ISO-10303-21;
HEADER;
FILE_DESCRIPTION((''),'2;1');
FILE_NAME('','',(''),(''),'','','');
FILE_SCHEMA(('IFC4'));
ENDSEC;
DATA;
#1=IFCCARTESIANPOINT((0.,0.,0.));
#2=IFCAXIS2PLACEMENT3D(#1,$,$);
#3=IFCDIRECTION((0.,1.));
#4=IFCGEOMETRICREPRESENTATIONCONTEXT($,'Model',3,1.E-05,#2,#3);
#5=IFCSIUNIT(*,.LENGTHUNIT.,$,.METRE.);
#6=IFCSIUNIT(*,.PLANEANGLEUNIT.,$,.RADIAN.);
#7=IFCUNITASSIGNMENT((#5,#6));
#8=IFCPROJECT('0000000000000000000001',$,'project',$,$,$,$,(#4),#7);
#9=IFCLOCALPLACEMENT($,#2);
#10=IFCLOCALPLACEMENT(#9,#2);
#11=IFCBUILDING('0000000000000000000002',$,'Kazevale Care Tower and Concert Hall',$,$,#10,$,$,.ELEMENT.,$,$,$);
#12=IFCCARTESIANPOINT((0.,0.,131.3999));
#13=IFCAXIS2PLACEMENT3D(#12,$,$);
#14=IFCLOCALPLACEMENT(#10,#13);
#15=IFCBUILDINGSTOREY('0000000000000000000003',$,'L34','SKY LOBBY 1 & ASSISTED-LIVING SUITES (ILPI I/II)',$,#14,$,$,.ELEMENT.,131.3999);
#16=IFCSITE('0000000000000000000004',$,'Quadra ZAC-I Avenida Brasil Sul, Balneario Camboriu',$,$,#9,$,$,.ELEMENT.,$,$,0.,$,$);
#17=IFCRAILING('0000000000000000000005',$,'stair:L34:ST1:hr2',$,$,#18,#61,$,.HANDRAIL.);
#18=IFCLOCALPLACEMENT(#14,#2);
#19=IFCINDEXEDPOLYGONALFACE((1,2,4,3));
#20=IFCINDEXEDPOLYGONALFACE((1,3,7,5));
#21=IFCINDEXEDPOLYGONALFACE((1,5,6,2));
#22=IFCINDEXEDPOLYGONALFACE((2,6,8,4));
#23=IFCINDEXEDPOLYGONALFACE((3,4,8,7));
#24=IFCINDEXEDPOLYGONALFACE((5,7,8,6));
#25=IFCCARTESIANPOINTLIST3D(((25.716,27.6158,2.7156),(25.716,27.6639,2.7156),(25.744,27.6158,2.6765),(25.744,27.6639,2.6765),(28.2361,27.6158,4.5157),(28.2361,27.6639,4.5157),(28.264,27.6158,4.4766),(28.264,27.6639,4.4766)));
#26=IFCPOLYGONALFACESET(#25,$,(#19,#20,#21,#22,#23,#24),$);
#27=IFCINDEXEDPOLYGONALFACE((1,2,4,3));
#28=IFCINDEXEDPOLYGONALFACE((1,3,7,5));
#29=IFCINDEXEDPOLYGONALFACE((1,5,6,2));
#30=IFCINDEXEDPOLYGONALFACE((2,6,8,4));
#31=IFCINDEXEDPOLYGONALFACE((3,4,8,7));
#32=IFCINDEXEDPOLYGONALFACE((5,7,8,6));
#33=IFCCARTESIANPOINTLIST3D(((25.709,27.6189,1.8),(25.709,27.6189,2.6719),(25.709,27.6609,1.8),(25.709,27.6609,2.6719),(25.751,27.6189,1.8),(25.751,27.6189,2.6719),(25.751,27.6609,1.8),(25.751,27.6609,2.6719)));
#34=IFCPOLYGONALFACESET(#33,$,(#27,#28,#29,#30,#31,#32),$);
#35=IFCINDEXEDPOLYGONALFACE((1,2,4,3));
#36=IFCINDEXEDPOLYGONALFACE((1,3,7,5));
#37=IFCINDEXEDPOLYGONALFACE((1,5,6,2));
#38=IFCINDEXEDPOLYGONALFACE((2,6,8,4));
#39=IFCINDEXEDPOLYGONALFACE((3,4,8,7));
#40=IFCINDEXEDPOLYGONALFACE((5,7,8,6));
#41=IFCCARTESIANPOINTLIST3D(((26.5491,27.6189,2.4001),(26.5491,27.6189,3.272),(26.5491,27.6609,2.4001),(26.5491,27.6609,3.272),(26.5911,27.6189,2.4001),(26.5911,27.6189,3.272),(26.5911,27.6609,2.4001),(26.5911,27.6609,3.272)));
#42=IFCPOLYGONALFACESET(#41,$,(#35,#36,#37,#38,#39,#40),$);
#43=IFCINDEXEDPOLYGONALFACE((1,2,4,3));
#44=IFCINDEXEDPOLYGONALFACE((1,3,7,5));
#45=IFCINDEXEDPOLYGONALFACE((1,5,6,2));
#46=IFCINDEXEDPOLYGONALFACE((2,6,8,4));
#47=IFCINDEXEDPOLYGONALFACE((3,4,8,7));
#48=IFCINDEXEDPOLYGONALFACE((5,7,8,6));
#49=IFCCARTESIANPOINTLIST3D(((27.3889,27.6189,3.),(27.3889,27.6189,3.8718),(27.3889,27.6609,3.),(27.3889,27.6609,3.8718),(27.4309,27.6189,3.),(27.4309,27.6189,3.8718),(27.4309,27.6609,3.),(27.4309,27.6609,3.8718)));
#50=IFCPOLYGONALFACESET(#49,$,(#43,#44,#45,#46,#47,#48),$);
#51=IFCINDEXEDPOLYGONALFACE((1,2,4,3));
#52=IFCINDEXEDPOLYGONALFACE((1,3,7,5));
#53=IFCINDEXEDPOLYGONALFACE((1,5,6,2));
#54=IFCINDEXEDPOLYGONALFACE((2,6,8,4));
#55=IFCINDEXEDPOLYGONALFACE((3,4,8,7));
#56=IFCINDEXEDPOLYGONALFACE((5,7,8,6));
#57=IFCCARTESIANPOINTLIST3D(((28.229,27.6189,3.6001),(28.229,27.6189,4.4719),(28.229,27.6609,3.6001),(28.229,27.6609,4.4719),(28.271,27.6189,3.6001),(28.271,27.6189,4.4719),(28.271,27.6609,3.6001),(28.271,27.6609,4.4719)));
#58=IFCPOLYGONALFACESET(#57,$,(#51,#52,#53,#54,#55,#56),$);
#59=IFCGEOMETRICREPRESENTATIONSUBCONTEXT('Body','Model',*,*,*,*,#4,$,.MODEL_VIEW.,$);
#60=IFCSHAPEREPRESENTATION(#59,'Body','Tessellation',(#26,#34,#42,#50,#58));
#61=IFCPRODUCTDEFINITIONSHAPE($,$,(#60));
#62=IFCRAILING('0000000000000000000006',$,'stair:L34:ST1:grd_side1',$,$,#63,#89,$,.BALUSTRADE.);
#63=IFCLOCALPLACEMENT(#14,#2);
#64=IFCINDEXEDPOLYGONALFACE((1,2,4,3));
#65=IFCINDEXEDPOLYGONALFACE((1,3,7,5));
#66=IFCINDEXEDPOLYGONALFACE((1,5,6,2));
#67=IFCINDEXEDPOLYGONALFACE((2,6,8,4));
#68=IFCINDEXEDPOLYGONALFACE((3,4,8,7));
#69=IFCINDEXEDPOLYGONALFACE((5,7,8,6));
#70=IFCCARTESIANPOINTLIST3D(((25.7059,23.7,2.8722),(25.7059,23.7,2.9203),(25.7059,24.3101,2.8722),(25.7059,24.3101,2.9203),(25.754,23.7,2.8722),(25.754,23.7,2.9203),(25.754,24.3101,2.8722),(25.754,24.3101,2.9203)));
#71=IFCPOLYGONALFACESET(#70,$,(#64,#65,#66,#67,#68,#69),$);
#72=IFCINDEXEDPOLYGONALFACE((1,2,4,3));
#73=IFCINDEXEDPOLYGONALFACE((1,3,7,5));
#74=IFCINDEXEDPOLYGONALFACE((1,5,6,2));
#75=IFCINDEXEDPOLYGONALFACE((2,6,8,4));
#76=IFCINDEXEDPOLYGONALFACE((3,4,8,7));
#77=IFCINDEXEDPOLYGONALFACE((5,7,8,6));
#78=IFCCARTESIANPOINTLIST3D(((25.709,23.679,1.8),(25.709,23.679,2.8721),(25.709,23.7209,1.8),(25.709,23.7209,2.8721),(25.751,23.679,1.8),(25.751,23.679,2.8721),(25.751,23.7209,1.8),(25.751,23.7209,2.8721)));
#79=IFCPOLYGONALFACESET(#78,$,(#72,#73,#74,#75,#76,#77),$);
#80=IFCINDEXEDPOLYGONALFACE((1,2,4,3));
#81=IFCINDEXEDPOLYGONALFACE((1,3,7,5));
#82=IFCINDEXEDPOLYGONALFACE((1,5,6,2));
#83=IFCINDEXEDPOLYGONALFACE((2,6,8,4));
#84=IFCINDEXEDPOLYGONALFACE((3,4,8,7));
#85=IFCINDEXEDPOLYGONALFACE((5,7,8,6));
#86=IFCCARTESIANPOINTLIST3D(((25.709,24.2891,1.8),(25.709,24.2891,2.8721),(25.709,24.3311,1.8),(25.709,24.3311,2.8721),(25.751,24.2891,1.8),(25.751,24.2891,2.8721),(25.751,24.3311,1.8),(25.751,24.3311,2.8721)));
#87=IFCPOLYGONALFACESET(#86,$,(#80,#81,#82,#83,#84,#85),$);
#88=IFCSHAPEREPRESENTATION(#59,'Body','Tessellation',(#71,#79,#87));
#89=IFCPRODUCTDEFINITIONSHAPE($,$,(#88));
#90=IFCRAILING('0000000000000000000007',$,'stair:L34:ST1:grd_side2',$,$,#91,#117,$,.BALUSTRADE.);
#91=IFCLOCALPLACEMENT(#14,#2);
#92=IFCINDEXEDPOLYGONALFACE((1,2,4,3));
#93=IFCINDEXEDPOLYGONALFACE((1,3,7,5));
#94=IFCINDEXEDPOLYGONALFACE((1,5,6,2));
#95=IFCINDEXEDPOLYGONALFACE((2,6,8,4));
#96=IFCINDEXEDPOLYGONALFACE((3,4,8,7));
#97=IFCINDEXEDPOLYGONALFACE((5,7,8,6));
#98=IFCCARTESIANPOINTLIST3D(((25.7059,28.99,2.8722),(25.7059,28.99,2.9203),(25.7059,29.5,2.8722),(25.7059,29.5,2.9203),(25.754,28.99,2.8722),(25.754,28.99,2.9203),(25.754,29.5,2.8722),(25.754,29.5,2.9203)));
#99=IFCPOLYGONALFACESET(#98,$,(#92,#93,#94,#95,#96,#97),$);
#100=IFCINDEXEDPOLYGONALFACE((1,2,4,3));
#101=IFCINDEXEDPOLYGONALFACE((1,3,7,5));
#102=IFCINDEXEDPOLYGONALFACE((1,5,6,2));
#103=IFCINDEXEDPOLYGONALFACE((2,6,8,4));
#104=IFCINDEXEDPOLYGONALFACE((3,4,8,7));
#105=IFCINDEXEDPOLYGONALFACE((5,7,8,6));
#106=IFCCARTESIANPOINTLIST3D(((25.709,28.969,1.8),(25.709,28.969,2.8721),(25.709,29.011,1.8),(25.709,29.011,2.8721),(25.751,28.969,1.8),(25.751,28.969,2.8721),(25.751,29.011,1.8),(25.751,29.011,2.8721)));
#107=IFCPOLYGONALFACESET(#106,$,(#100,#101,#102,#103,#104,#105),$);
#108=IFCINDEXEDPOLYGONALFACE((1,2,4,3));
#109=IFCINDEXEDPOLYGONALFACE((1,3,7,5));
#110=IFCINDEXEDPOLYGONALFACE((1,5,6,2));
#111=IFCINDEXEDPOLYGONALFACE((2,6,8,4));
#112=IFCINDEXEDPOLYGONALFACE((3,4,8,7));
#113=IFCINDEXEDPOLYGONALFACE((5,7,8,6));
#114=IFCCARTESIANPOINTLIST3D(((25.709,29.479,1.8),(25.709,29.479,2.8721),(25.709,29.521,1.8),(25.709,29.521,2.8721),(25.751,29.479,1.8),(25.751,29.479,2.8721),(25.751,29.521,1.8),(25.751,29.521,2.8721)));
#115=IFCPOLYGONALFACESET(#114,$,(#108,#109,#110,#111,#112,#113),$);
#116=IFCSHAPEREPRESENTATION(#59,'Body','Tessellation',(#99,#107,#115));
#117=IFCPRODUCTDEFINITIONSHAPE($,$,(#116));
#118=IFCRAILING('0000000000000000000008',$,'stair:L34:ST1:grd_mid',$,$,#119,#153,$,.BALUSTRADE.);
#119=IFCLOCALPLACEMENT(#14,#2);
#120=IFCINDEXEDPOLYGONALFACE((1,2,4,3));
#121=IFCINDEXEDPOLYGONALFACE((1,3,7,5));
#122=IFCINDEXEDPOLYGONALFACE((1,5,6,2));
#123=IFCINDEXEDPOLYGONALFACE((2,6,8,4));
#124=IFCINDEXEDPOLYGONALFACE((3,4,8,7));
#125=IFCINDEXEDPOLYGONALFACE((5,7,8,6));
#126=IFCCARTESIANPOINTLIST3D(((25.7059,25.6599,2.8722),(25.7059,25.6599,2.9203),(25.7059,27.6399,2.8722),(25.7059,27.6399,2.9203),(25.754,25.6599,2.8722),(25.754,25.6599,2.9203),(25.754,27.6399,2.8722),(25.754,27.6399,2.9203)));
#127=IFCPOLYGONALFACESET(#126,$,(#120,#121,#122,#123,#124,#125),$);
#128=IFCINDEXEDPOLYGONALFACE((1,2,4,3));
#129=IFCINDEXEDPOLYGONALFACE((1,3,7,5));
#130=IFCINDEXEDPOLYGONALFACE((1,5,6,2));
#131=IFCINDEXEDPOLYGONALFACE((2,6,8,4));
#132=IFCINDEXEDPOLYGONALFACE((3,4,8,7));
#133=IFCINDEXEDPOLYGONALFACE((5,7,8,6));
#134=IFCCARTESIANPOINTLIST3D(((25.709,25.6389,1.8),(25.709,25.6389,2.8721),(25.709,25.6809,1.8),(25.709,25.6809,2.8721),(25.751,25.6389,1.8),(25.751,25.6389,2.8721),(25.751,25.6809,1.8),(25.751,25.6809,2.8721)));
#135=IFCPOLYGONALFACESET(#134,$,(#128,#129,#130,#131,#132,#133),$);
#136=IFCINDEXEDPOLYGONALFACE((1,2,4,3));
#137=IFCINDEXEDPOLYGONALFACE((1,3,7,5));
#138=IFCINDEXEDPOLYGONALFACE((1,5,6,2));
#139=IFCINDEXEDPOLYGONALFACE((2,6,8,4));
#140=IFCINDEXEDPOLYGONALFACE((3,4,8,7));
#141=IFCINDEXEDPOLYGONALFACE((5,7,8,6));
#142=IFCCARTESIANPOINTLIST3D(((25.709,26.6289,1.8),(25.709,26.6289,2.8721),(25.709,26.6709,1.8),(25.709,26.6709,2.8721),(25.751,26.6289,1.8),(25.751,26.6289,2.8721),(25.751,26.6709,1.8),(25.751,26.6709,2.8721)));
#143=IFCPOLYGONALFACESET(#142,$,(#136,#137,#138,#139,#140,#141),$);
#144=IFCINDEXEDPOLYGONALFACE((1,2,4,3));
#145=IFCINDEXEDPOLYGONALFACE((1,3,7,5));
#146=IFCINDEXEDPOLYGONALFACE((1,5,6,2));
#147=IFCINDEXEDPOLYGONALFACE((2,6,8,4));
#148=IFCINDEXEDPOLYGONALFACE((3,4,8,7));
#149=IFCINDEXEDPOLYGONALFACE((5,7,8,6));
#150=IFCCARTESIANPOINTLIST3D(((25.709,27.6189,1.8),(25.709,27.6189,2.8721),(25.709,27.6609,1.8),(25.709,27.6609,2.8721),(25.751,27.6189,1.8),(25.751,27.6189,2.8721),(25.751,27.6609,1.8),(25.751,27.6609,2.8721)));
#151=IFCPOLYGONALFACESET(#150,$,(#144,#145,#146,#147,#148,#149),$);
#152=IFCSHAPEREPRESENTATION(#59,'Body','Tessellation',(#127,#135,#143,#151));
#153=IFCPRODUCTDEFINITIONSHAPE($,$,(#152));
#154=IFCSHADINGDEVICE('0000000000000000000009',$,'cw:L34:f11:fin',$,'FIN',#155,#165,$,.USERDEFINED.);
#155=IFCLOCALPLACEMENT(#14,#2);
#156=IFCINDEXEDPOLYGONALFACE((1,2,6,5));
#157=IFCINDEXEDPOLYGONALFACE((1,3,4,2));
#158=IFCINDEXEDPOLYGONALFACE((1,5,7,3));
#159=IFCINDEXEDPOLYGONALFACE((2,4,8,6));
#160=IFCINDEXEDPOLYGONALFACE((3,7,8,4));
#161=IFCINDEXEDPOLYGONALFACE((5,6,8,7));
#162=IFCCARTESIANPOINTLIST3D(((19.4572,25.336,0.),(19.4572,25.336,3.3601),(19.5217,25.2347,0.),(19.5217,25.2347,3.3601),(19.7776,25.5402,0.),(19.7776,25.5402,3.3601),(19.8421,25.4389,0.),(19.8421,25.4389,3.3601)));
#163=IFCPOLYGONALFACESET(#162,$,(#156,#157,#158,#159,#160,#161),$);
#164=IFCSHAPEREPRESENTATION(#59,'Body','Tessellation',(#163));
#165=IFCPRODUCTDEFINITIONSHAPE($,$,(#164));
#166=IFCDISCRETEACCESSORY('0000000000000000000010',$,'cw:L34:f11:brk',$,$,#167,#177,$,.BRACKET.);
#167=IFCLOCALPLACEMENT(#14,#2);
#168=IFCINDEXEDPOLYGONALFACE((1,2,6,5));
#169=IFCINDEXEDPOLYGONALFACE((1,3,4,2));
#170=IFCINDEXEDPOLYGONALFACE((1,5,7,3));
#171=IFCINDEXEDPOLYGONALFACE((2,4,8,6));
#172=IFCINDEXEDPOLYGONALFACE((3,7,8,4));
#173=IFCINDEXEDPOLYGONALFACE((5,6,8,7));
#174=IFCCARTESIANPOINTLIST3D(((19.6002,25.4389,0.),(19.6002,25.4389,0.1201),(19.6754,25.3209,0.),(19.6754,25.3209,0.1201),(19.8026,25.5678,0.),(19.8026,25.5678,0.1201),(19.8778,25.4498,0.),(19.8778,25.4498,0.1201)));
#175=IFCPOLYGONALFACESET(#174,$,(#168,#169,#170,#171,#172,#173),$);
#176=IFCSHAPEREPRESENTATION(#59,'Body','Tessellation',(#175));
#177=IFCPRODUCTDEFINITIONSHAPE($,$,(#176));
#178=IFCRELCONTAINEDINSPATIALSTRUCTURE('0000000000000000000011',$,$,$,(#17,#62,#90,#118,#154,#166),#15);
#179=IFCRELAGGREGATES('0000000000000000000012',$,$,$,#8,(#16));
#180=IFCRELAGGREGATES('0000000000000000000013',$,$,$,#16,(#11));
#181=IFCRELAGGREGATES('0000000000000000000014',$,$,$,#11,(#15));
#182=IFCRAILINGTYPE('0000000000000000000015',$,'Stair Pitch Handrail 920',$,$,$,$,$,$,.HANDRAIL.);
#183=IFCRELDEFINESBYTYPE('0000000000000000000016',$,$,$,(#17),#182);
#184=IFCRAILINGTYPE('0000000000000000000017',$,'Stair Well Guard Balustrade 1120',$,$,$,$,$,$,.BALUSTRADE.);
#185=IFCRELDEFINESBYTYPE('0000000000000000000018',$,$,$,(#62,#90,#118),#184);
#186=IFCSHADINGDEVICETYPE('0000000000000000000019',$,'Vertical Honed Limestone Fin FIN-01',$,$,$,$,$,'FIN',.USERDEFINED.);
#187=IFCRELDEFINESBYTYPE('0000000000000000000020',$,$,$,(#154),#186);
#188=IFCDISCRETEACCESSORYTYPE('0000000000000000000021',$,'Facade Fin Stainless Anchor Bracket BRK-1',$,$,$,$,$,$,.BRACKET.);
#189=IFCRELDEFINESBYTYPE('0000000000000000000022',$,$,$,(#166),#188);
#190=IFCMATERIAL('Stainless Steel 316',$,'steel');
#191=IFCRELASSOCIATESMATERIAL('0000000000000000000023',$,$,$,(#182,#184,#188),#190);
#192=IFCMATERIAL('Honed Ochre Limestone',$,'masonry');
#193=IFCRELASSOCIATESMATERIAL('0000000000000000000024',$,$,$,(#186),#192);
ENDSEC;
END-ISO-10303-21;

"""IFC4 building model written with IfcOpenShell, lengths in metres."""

from ifc_helpers import new_model, si_unit, direction, frame, origin, origin_2d, place, context, subcontext, project, spatial, rectangle, extrude, material, type_object, element, save


model = new_model("IFC4")

# Units and contexts
model_context = context("Model", 3, precision=1e-05, world=origin(), true_north=direction((0.0, 1.0)))
body_context = subcontext(model_context, "Body", "Model", "MODEL_VIEW")
ifc_project = project(units=[si_unit("LENGTHUNIT", "METRE"), si_unit("PLANEANGLEUNIT", "RADIAN")], contexts=[model_context])

# Site, building, storey
site_placement = place(None, origin())
site = spatial("IfcSite", under=ifc_project, at=site_placement, Name="Quadra ZAC-I Avenida Brasil Sul, Balneario Camboriu", CompositionType="ELEMENT", RefElevation=0.0)
building_placement = place(site_placement, origin())
building = spatial("IfcBuilding", under=site, at=building_placement, Name="Kazevale Care Tower and Concert Hall", CompositionType="ELEMENT")
storey_placement = place(building_placement, frame((0.0, 0.0, 131.3999)))
storey = spatial("IfcBuildingStorey", under=building, at=storey_placement, Name="L34", Description="SKY LOBBY 1 & ASSISTED-LIVING SUITES (ILPI I/II)", CompositionType="ELEMENT", Elevation=131.3999)

# Railings
ifc_material_1 = material(Name="Stainless Steel 316", Category="steel")
railing_type_1 = type_object("IfcRailingType", Name="Stair Pitch Handrail 920", PredefinedType="HANDRAIL", material=ifc_material_1)
railing_1_placement = place(storey_placement, frame((25.73, 27.6399, 1.8)))
element("IfcRailing", 1, at=railing_1_placement, inside=storey, type_object=railing_type_1, Name="stair:L34:ST1:hr2", PredefinedType="HANDRAIL", context=body_context, shape_type="SweptSolid", body=[
    extrude(rectangle(XDim=0.0481, YDim=0.0481, at=origin_2d()), frame((0.0, 0.0, 0.896), z_axis=(0.813728, 0.0, 0.581246), x_axis=(0.0, 1.0, 0.0)), (0.0, 0.0, 1.0), 3.0969),
    extrude(rectangle(XDim=0.042, YDim=0.042, at=origin_2d()), origin(), (0.0, 0.0, 1.0), 0.8718),
    extrude(rectangle(XDim=0.042, YDim=0.042, at=origin_2d()), frame((0.8401, 0.0, 0.6001)), (0.0, 0.0, 1.0), 0.8718),
    extrude(rectangle(XDim=0.042, YDim=0.042, at=origin_2d()), frame((1.6799, 0.0, 1.2)), (0.0, 0.0, 1.0), 0.8718),
    extrude(rectangle(XDim=0.042, YDim=0.042, at=origin_2d()), frame((2.52, 0.0, 1.8)), (0.0, 0.0, 1.0), 0.8718),
])
railing_type_2 = type_object("IfcRailingType", Name="Stair Well Guard Balustrade 1120", PredefinedType="BALUSTRADE", material=ifc_material_1)
railing_2_placement = place(storey_placement, frame((25.73, 23.7, 1.8)))
element("IfcRailing", 2, at=railing_2_placement, inside=storey, type_object=railing_type_2, Name="stair:L34:ST1:grd_side1", PredefinedType="BALUSTRADE", context=body_context, shape_type="SweptSolid", body=[
    extrude(rectangle(XDim=0.0481, YDim=0.0481, at=origin_2d()), frame((0.0, 0.0, 1.0962), z_axis=(0.0, 1.0, 0.0), x_axis=(-1.0, 0.0, 0.0)), (0.0, 0.0, 1.0), 0.6101),
    extrude(rectangle(XDim=0.042, YDim=0.042, at=origin_2d()), origin(), (0.0, 0.0, 1.0), 1.072),
    extrude(rectangle(XDim=0.042, YDim=0.042, at=origin_2d()), frame((0.0, 0.6101, 0.0)), (0.0, 0.0, 1.0), 1.072),
])
railing_3_placement = place(storey_placement, frame((25.73, 28.99, 1.8)))
element("IfcRailing", 3, at=railing_3_placement, inside=storey, type_object=railing_type_2, Name="stair:L34:ST1:grd_side2", PredefinedType="BALUSTRADE", context=body_context, shape_type="SweptSolid", body=[
    extrude(rectangle(XDim=0.0481, YDim=0.0481, at=origin_2d()), frame((0.0, 0.0, 1.0962), z_axis=(0.0, 1.0, 0.0), x_axis=(-1.0, 0.0, 0.0)), (0.0, 0.0, 1.0), 0.51),
    extrude(rectangle(XDim=0.042, YDim=0.042, at=origin_2d()), origin(), (0.0, 0.0, 1.0), 1.072),
    extrude(rectangle(XDim=0.042, YDim=0.042, at=origin_2d()), frame((0.0, 0.51, 0.0)), (0.0, 0.0, 1.0), 1.072),
])
railing_4_placement = place(storey_placement, frame((25.73, 25.6599, 1.8)))
element("IfcRailing", 4, at=railing_4_placement, inside=storey, type_object=railing_type_2, Name="stair:L34:ST1:grd_mid", PredefinedType="BALUSTRADE", context=body_context, shape_type="SweptSolid", body=[
    extrude(rectangle(XDim=0.0481, YDim=0.0481, at=origin_2d()), frame((0.0, 0.0, 1.0962), z_axis=(0.0, 1.0, 0.0), x_axis=(-1.0, 0.0, 0.0)), (0.0, 0.0, 1.0), 1.98),
    extrude(rectangle(XDim=0.042, YDim=0.042, at=origin_2d()), origin(), (0.0, 0.0, 1.0), 1.072),
    extrude(rectangle(XDim=0.042, YDim=0.042, at=origin_2d()), frame((0.0, 0.99, 0.0)), (0.0, 0.0, 1.0), 1.072),
    extrude(rectangle(XDim=0.042, YDim=0.042, at=origin_2d()), frame((0.0, 1.98, 0.0)), (0.0, 0.0, 1.0), 1.072),
])

# Shading device
ifc_material_2 = material(Name="Honed Ochre Limestone", Category="masonry")
shading_device_type = type_object("IfcShadingDeviceType", Name="Vertical Honed Limestone Fin FIN-01", ElementType="FIN", PredefinedType="USERDEFINED", material=ifc_material_2)
shading_device_placement = place(storey_placement, frame((19.6497, 25.3875, 0.0), z_axis=(0.0, 0.0, 1.0), x_axis=(-0.843391, -0.5373, 0.0)))
element("IfcShadingDevice", 5, at=shading_device_placement, inside=storey, type_object=shading_device_type, Name="cw:L34:f11:fin", ObjectType="FIN", PredefinedType="USERDEFINED", context=body_context, shape_type="SweptSolid", body=[
    extrude(rectangle(XDim=0.3799, YDim=0.1201, at=origin_2d()), origin(), (0.0, 0.0, 1.0), 3.3601),
])

# Discrete accessory
discrete_accessory_type = type_object("IfcDiscreteAccessoryType", Name="Facade Fin Stainless Anchor Bracket BRK-1", PredefinedType="BRACKET", material=ifc_material_1)
discrete_accessory_placement = place(storey_placement, frame((19.739, 25.4443, 0.0), z_axis=(0.0, 0.0, 1.0), x_axis=(-0.843391, -0.5373, 0.0)))
element("IfcDiscreteAccessory", 6, at=discrete_accessory_placement, inside=storey, type_object=discrete_accessory_type, Name="cw:L34:f11:brk", PredefinedType="BRACKET", context=body_context, shape_type="SweptSolid", body=[
    extrude(rectangle(XDim=0.24, YDim=0.1399, at=origin_2d()), origin(), (0.0, 0.0, 1.0), 0.1201),
])

save(model, "model.ifc")
